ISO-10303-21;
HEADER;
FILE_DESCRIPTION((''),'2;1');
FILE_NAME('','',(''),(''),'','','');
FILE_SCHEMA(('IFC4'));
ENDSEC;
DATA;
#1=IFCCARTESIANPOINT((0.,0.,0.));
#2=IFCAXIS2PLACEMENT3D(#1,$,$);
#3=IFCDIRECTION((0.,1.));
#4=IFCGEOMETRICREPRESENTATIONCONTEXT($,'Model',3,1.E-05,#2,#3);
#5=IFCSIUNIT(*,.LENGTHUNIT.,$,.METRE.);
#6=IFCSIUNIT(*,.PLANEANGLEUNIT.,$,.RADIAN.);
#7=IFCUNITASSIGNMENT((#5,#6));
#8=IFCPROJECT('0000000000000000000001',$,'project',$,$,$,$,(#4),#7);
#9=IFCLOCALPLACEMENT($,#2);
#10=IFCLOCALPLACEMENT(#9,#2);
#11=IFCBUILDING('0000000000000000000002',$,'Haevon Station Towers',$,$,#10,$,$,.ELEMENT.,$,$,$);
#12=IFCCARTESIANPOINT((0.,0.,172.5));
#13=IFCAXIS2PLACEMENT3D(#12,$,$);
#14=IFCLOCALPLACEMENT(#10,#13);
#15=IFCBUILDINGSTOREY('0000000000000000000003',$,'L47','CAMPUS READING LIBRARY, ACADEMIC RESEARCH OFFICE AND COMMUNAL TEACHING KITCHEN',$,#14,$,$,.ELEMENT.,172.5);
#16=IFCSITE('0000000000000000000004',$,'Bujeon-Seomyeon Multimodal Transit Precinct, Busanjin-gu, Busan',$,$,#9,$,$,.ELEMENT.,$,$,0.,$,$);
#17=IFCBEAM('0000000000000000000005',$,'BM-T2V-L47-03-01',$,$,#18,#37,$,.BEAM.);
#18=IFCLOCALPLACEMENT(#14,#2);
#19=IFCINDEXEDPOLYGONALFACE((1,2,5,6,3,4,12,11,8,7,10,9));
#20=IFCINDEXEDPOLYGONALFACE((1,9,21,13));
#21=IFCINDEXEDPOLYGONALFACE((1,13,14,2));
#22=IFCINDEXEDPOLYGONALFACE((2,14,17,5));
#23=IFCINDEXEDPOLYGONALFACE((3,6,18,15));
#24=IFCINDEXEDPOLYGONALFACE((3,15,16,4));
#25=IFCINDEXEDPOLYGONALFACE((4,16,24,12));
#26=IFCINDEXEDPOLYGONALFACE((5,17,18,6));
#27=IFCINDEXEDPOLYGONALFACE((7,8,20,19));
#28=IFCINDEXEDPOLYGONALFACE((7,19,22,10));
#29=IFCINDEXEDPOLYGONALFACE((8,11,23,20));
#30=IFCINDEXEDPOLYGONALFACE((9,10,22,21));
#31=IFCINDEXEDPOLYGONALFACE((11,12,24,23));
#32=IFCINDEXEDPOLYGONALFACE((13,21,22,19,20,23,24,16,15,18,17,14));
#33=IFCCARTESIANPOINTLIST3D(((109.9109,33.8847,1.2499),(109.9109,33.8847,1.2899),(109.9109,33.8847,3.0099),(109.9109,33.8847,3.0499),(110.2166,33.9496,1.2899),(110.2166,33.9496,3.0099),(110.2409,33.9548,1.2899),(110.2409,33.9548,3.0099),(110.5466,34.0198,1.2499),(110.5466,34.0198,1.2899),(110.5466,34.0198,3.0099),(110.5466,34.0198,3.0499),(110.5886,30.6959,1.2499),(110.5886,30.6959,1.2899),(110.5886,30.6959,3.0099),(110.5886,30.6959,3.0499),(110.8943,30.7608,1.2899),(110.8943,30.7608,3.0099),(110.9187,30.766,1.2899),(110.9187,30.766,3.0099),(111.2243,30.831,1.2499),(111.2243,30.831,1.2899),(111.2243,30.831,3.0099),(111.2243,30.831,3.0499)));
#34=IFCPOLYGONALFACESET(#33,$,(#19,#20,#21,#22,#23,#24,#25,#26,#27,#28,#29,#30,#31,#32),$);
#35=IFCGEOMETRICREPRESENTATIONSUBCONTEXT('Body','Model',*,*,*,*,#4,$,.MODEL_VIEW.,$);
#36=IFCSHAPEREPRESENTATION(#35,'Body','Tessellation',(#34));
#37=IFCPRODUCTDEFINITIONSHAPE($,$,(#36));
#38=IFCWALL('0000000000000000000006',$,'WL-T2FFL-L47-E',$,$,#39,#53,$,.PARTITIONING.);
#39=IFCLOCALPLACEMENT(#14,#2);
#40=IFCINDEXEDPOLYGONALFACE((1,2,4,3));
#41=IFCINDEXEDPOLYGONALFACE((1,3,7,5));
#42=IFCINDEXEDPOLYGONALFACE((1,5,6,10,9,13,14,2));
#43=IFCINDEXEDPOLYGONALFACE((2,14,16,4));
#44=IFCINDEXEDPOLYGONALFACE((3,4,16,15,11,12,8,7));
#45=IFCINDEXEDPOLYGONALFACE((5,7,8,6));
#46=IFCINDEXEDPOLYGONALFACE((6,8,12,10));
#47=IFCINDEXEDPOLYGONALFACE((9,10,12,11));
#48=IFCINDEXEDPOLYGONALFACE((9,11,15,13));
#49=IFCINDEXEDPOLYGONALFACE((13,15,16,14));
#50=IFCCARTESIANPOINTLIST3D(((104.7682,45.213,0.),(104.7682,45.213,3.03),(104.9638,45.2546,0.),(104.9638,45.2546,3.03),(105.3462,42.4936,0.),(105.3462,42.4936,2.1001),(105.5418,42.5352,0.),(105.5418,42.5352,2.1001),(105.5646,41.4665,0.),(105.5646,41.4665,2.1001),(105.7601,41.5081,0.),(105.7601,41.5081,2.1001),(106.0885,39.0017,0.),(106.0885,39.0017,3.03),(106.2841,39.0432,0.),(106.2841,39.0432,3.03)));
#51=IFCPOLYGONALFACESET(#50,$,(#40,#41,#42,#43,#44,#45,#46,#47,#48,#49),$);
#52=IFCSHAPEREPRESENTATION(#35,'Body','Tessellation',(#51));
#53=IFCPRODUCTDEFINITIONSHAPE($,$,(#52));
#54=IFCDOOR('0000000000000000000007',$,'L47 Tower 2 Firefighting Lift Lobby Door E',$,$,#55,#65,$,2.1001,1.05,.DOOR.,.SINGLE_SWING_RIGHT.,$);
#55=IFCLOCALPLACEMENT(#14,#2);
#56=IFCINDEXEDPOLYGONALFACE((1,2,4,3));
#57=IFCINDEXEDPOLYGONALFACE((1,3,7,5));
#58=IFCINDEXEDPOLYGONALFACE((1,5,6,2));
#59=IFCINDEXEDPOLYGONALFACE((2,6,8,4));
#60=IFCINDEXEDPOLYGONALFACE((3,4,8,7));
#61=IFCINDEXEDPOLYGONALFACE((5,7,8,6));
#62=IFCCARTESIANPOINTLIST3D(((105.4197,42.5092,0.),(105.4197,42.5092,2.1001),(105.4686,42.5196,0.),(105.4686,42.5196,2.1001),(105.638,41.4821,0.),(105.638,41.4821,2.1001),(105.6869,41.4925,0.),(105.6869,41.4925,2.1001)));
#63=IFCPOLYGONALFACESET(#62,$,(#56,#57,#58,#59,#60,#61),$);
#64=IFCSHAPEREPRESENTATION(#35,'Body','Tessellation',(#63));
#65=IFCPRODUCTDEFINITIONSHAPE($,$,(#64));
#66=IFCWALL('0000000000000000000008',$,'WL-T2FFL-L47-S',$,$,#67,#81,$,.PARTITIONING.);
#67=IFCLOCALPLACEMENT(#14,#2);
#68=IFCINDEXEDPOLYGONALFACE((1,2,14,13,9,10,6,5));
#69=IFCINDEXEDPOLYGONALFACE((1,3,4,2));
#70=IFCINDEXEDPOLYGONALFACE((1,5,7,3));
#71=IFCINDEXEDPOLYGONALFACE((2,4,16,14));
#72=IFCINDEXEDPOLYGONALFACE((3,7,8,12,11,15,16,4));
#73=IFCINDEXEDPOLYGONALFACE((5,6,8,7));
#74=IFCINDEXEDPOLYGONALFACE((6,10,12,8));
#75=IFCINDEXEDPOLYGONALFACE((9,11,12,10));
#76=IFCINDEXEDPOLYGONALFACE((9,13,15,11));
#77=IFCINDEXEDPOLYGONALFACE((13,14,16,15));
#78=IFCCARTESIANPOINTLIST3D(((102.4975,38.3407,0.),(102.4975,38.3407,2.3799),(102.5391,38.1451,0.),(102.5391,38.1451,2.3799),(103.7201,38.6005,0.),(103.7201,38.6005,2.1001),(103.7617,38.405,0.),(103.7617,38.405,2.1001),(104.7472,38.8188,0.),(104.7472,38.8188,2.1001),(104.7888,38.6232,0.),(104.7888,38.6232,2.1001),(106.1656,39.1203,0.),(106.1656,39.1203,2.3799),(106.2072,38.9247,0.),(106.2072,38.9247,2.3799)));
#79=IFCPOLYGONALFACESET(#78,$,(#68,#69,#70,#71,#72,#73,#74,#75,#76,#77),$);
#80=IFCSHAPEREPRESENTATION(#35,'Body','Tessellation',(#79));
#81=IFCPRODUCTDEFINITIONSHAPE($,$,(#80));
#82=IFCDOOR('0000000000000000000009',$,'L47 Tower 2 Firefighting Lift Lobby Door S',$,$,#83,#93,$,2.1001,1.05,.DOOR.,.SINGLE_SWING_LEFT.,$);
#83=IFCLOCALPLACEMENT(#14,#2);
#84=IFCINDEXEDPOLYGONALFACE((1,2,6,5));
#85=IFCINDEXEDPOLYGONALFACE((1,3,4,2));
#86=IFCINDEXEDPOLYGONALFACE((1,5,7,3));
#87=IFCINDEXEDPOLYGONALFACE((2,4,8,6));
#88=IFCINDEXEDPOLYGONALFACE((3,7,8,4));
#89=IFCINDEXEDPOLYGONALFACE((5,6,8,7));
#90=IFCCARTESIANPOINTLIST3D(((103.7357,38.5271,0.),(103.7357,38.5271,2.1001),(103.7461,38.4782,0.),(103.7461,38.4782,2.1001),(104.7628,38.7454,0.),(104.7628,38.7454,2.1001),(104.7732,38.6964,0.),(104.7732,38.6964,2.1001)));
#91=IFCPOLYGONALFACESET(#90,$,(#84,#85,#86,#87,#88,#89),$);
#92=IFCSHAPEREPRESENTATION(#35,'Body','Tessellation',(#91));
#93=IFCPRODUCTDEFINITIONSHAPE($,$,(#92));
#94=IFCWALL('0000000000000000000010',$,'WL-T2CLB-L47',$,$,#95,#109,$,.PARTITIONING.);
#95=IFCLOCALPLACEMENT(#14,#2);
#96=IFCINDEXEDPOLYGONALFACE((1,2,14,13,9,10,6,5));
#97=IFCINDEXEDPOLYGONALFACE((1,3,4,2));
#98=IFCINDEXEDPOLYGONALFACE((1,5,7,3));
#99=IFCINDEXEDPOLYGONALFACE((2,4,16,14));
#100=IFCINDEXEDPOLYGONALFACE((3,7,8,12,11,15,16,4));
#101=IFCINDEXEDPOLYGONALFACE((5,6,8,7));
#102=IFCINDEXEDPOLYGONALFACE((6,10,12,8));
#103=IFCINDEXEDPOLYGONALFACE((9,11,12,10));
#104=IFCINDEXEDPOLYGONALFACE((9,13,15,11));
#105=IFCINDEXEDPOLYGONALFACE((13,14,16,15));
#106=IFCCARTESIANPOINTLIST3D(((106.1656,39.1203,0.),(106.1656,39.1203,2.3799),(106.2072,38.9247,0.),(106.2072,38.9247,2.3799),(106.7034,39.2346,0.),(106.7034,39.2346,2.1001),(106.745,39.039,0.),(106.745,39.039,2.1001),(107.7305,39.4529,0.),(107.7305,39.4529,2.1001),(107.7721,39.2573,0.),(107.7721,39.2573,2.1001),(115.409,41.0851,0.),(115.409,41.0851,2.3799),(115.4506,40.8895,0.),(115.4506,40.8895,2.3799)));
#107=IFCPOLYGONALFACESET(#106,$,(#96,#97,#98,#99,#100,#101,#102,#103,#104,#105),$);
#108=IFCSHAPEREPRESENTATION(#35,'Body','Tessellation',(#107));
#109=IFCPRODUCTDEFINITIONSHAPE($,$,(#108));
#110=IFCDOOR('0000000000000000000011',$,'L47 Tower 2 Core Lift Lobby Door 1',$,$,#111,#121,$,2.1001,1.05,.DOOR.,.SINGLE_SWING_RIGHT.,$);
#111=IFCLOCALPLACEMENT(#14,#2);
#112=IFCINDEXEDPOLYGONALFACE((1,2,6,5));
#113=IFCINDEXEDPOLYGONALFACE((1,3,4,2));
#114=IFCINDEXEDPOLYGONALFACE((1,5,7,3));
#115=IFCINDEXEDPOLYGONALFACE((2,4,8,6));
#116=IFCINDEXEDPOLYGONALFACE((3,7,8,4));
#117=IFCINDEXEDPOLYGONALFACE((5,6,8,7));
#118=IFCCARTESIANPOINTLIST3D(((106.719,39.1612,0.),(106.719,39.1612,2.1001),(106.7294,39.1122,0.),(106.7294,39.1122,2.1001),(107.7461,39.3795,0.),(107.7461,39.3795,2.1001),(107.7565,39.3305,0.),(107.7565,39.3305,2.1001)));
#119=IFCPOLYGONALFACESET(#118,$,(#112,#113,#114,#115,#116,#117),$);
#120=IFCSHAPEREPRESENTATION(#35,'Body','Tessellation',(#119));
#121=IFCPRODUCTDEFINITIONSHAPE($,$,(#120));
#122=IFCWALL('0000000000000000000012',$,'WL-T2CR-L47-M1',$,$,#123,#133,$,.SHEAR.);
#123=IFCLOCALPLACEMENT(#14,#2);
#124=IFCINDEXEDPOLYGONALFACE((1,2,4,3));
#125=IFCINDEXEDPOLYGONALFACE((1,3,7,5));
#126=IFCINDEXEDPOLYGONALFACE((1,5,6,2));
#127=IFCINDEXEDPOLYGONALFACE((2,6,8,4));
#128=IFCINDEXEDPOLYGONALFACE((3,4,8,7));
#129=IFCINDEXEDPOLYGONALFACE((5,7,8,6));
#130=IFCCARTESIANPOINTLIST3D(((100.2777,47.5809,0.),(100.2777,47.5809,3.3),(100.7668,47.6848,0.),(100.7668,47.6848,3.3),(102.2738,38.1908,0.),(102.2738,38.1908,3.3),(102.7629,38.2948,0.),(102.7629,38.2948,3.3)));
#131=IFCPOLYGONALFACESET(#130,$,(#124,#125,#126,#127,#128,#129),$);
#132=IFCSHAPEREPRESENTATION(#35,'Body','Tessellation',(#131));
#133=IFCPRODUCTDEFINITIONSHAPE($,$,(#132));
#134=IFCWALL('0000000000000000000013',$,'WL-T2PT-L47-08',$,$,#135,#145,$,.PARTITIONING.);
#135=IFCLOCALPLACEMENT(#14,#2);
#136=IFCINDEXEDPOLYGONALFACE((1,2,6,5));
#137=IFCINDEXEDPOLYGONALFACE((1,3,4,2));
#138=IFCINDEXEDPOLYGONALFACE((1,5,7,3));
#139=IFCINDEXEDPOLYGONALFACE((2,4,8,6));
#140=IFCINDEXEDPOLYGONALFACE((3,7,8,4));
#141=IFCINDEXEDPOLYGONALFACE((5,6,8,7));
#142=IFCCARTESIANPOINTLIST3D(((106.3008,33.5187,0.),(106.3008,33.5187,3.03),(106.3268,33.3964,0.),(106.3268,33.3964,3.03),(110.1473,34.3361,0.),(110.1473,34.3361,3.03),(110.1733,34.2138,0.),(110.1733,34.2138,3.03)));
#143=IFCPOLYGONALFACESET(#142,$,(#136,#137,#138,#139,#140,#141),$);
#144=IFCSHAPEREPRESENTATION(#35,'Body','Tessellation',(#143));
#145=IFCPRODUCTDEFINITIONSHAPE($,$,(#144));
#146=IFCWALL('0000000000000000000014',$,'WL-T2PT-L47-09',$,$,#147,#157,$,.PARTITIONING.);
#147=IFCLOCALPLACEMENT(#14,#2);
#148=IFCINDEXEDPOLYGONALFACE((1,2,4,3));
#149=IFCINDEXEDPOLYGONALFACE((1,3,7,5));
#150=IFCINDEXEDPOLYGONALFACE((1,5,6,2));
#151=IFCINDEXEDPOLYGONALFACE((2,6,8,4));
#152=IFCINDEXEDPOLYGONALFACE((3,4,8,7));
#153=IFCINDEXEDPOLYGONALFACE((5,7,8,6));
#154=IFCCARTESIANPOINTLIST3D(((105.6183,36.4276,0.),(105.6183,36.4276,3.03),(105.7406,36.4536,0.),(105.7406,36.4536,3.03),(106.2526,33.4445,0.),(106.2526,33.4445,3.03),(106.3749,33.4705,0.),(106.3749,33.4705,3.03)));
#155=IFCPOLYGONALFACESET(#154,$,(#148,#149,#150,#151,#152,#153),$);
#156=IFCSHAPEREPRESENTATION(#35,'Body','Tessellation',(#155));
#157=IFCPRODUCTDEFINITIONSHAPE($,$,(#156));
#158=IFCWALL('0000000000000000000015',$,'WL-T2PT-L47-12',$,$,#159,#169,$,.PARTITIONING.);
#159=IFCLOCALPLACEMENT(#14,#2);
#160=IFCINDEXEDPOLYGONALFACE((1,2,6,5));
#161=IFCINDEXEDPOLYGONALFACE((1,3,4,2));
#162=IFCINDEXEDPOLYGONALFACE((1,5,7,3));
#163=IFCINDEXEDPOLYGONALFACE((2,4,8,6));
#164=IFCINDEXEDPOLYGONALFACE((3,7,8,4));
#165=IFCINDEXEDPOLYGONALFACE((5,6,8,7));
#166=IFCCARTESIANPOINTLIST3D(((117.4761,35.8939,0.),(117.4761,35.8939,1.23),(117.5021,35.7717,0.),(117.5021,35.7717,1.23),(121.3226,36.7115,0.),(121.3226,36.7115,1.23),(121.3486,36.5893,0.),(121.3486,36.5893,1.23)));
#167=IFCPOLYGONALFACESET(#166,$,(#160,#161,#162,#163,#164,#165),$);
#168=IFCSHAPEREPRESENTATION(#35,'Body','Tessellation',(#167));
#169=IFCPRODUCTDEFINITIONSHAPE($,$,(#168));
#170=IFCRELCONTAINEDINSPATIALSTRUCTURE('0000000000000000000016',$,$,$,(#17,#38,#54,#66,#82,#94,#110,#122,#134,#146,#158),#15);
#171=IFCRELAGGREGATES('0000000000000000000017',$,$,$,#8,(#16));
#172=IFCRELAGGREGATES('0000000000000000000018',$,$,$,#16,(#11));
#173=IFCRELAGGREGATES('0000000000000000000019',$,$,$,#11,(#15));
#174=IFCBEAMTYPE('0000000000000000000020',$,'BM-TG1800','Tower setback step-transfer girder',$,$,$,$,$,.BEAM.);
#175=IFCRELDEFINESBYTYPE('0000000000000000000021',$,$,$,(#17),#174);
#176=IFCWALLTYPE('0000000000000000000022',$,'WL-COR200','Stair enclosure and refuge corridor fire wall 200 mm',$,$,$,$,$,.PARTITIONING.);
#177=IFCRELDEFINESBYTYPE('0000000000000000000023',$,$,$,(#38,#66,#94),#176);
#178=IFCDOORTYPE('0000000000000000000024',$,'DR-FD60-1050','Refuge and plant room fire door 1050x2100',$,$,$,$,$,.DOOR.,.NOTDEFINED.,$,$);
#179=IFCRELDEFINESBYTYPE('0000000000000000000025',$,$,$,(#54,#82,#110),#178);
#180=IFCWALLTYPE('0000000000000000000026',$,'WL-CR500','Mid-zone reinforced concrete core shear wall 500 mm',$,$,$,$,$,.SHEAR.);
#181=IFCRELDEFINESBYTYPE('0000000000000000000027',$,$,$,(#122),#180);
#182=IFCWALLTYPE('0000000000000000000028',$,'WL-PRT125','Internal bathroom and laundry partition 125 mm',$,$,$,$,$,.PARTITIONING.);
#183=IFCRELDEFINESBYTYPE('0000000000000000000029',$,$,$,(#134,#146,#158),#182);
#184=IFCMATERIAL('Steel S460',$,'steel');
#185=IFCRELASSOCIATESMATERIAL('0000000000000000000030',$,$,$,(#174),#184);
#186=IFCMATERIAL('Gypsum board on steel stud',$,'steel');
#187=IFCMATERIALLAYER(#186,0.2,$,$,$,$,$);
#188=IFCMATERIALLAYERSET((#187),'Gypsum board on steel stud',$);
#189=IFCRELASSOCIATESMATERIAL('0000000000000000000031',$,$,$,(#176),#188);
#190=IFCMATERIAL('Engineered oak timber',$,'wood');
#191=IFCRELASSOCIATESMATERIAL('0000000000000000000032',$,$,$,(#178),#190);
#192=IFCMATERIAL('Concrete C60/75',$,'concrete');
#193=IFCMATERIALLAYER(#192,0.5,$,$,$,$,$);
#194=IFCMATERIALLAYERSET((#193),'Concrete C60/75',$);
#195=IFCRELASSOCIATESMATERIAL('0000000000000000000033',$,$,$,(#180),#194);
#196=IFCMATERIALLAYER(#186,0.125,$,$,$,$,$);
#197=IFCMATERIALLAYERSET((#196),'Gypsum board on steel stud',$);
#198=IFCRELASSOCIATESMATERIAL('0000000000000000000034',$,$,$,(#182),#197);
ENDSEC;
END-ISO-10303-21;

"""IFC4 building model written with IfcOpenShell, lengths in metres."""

from ifc_helpers import new_model, si_unit, direction, frame, frame_2d, origin, origin_2d, place, context, subcontext, project, spatial, rectangle, i_section, extrude, material, layer, layer_set, material_profile, profile_set, type_object, element, fill, save


model = new_model("IFC4")

# Units and contexts
model_context = context("Model", 3, precision=1e-05, world=origin(), true_north=direction((0.0, 1.0)))
body_context = subcontext(model_context, "Body", "Model", "MODEL_VIEW")
ifc_project = project(units=[si_unit("LENGTHUNIT", "METRE"), si_unit("PLANEANGLEUNIT", "RADIAN")], contexts=[model_context])

# Site, building, storey
site_placement = place(None, origin())
site = spatial("IfcSite", under=ifc_project, at=site_placement, Name="Bujeon-Seomyeon Multimodal Transit Precinct, Busanjin-gu, Busan", CompositionType="ELEMENT", RefElevation=0.0)
building_placement = place(site_placement, origin())
building = spatial("IfcBuilding", under=site, at=building_placement, Name="Haevon Station Towers", CompositionType="ELEMENT")
storey_placement = place(building_placement, frame((0.0, 0.0, 172.5)))
storey = spatial("IfcBuildingStorey", under=building, at=storey_placement, Name="L47", Description="CAMPUS READING LIBRARY, ACADEMIC RESEARCH OFFICE AND COMMUNAL TEACHING KITCHEN", CompositionType="ELEMENT", Elevation=172.5)

# Beam
ifc_material_1 = material(Name="Steel S460", Category="steel")
ifc_material_profile_1 = material_profile(ifc_material_1, i_section(OverallWidth=0.6499, OverallDepth=1.8, WebThickness=0.0249, FlangeThickness=0.04, at=origin_2d()), Name="H-1800x650x25x40")
ifc_profile_set_1 = profile_set([ifc_material_profile_1], Name="Steel S460")
beam_type_1 = type_object("IfcBeamType", Name="BM-TG1800", Description="Tower setback step-transfer girder", PredefinedType="BEAM", material=ifc_profile_set_1)
beam_1_placement = place(storey_placement, frame((110.9065, 30.7634, 2.1499), z_axis=(-0.207897, 0.978151, 0.0), x_axis=(-0.978151, -0.207897, 0.0)))
element("IfcBeam", 1, at=beam_1_placement, inside=storey, type_object=beam_type_1, Name="BM-T2V-L47-03-01", PredefinedType="BEAM", context=body_context, shape_type="SweptSolid", body=[
    extrude(i_section(OverallWidth=0.6499, OverallDepth=1.8, WebThickness=0.0249, FlangeThickness=0.04, at=origin_2d()), origin(), (0.0, 0.0, 1.0), 3.26),
])

# Walls, openings, doors
ifc_material_2 = material(Name="Gypsum board on steel stud", Category="steel")
ifc_layer_1 = layer(ifc_material_2, 0.2)
ifc_layer_set_1 = layer_set([ifc_layer_1], Name="Gypsum board on steel stud")
wall_type_1 = type_object("IfcWallType", Name="WL-COR200", Description="Stair enclosure and refuge corridor fire wall 200 mm", PredefinedType="PARTITIONING", material=ifc_layer_set_1)
wall_1_placement = place(storey_placement, frame((106.1863, 39.0225, 0.0), z_axis=(0.0, 0.0, 1.0), x_axis=(-0.207917, 0.978147, 0.0)))
wall_1 = element("IfcWall", 2, at=wall_1_placement, inside=storey, type_object=wall_type_1, Name="WL-T2FFL-L47-E", PredefinedType="PARTITIONING", context=body_context, shape_type="SweptSolid", body=[
    extrude(rectangle(XDim=6.3501, YDim=0.2, at=frame_2d((3.175, 0.0))), origin(), (0.0, 0.0, 1.0), 3.03),
])
opening_1_placement = place(wall_1_placement, frame((2.52, 0.0, 0.0)))
opening_1 = element("IfcOpeningElement", 3, at=opening_1_placement, cuts=wall_1, PredefinedType="OPENING", context=body_context, shape_type="SweptSolid", body=[
    extrude(rectangle(XDim=1.05, YDim=2.1001, at=frame_2d((0.5249, 1.05))), frame((0.0, 0.1099, 0.0), z_axis=(0.0, -1.0, 0.0), x_axis=(1.0, 0.0, 0.0)), (0.0, 0.0, 1.0), 0.22),
])
ifc_material_3 = material(Name="Engineered oak timber", Category="wood")
door_type = type_object("IfcDoorType", Name="DR-FD60-1050", Description="Refuge and plant room fire door 1050x2100", OperationType="NOTDEFINED", PredefinedType="DOOR", material=ifc_material_3)
door_1_placement = place(opening_1_placement, origin())
door_1 = element("IfcDoor", 4, at=door_1_placement, inside=storey, type_object=door_type, Name="L47 Tower 2 Firefighting Lift Lobby Door E", OperationType="SINGLE_SWING_RIGHT", OverallHeight=2.1001, OverallWidth=1.05, PredefinedType="DOOR", context=body_context, shape_type="SweptSolid", body=[
    extrude(rectangle(XDim=1.05, YDim=2.1001, at=frame_2d((0.5249, 1.05))), frame((0.0, 0.0249, 0.0), z_axis=(0.0, -1.0, 0.0), x_axis=(1.0, 0.0, 0.0)), (0.0, 0.0, 1.0), 0.05),
])
fill(opening_1, door_1)
wall_2_placement = place(storey_placement, frame((102.5183, 38.2429, 0.0), z_axis=(0.0, 0.0, 1.0), x_axis=(0.978154, 0.207884, 0.0)))
wall_2 = element("IfcWall", 5, at=wall_2_placement, inside=storey, type_object=wall_type_1, Name="WL-T2FFL-L47-S", PredefinedType="PARTITIONING", context=body_context, shape_type="SweptSolid", body=[
    extrude(rectangle(XDim=3.75, YDim=0.2, at=frame_2d((1.875, 0.0))), origin(), (0.0, 0.0, 1.0), 2.3799),
])
opening_2_placement = place(wall_2_placement, frame((1.25, 0.0, 0.0)))
opening_2 = element("IfcOpeningElement", 6, at=opening_2_placement, cuts=wall_2, PredefinedType="OPENING", context=body_context, shape_type="SweptSolid", body=[
    extrude(rectangle(XDim=1.05, YDim=2.1001, at=frame_2d((0.5249, 1.05))), frame((0.0, 0.1099, 0.0), z_axis=(0.0, -1.0, 0.0), x_axis=(1.0, 0.0, 0.0)), (0.0, 0.0, 1.0), 0.22),
])
door_2_placement = place(opening_2_placement, origin())
door_2 = element("IfcDoor", 7, at=door_2_placement, inside=storey, type_object=door_type, Name="L47 Tower 2 Firefighting Lift Lobby Door S", OperationType="SINGLE_SWING_LEFT", OverallHeight=2.1001, OverallWidth=1.05, PredefinedType="DOOR", context=body_context, shape_type="SweptSolid", body=[
    extrude(rectangle(XDim=1.05, YDim=2.1001, at=frame_2d((0.5249, 1.05))), frame((0.0, 0.0249, 0.0), z_axis=(0.0, -1.0, 0.0), x_axis=(1.0, 0.0, 0.0)), (0.0, 0.0, 1.0), 0.05),
])
fill(opening_2, door_2)
wall_3_placement = place(storey_placement, frame((106.1863, 39.0225, 0.0), z_axis=(0.0, 0.0, 1.0), x_axis=(0.978146, 0.207921, 0.0)))
wall_3 = element("IfcWall", 8, at=wall_3_placement, inside=storey, type_object=wall_type_1, Name="WL-T2CLB-L47", PredefinedType="PARTITIONING", context=body_context, shape_type="SweptSolid", body=[
    extrude(rectangle(XDim=9.45, YDim=0.2, at=frame_2d((4.7251, 0.0))), origin(), (0.0, 0.0, 1.0), 2.3799),
])
opening_3_placement = place(wall_3_placement, frame((0.55, 0.0, 0.0)))
opening_3 = element("IfcOpeningElement", 9, at=opening_3_placement, cuts=wall_3, PredefinedType="OPENING", context=body_context, shape_type="SweptSolid", body=[
    extrude(rectangle(XDim=1.05, YDim=2.1001, at=frame_2d((0.5249, 1.05))), frame((0.0, 0.1099, 0.0), z_axis=(0.0, -1.0, 0.0), x_axis=(1.0, 0.0, 0.0)), (0.0, 0.0, 1.0), 0.22),
])
door_3_placement = place(opening_3_placement, origin())
door_3 = element("IfcDoor", 10, at=door_3_placement, inside=storey, type_object=door_type, Name="L47 Tower 2 Core Lift Lobby Door 1", OperationType="SINGLE_SWING_RIGHT", OverallHeight=2.1001, OverallWidth=1.05, PredefinedType="DOOR", context=body_context, shape_type="SweptSolid", body=[
    extrude(rectangle(XDim=1.05, YDim=2.1001, at=frame_2d((0.5249, 1.05))), frame((0.0, 0.0249, 0.0), z_axis=(0.0, -1.0, 0.0), x_axis=(1.0, 0.0, 0.0)), (0.0, 0.0, 1.0), 0.05),
])
fill(opening_3, door_3)

# Walls
ifc_material_4 = material(Name="Concrete C60/75", Category="concrete")
ifc_layer_2 = layer(ifc_material_4, 0.5)
ifc_layer_set_2 = layer_set([ifc_layer_2], Name="Concrete C60/75")
wall_type_2 = type_object("IfcWallType", Name="WL-CR500", Description="Mid-zone reinforced concrete core shear wall 500 mm", PredefinedType="SHEAR", material=ifc_layer_set_2)
wall_4_placement = place(storey_placement, frame((102.5183, 38.2429, 0.0), z_axis=(0.0, 0.0, 1.0), x_axis=(-0.207927, 0.978144, 0.0)))
element("IfcWall", 11, at=wall_4_placement, inside=storey, type_object=wall_type_2, Name="WL-T2CR-L47-M1", PredefinedType="SHEAR", context=body_context, shape_type="SweptSolid", body=[
    extrude(rectangle(XDim=9.5999, YDim=0.5, at=frame_2d((4.7998, 0.0))), origin(), (0.0, 0.0, 1.0), 3.3),
])
ifc_layer_3 = layer(ifc_material_2, 0.125)
ifc_layer_set_3 = layer_set([ifc_layer_3], Name="Gypsum board on steel stud")
wall_type_3 = type_object("IfcWallType", Name="WL-PRT125", Description="Internal bathroom and laundry partition 125 mm", PredefinedType="PARTITIONING", material=ifc_layer_set_3)
wall_5_placement = place(storey_placement, frame((106.3137, 33.4575, 0.0), z_axis=(0.0, 0.0, 1.0), x_axis=(0.978158, 0.207862, 0.0)))
element("IfcWall", 12, at=wall_5_placement, inside=storey, type_object=wall_type_3, Name="WL-T2PT-L47-08", PredefinedType="PARTITIONING", context=body_context, shape_type="SweptSolid", body=[
    extrude(rectangle(XDim=3.9324, YDim=0.125, at=frame_2d((1.9663, 0.0))), origin(), (0.0, 0.0, 1.0), 3.03),
])
wall_6_placement = place(storey_placement, frame((106.3137, 33.4575, 0.0), z_axis=(0.0, 0.0, 1.0), x_axis=(-0.207971, 0.978135, 0.0)))
element("IfcWall", 13, at=wall_6_placement, inside=storey, type_object=wall_type_3, Name="WL-T2PT-L47-09", PredefinedType="PARTITIONING", context=body_context, shape_type="SweptSolid", body=[
    extrude(rectangle(XDim=3.0498, YDim=0.125, at=frame_2d((1.5249, 0.0))), origin(), (0.0, 0.0, 1.0), 3.03),
])
wall_7_placement = place(storey_placement, frame((117.489, 35.8328, 0.0), z_axis=(0.0, 0.0, 1.0), x_axis=(0.978145, 0.207922, 0.0)))
element("IfcWall", 14, at=wall_7_placement, inside=storey, type_object=wall_type_3, Name="WL-T2PT-L47-12", PredefinedType="PARTITIONING", context=body_context, shape_type="SweptSolid", body=[
    extrude(rectangle(XDim=3.9324, YDim=0.125, at=frame_2d((1.9663, 0.0))), origin(), (0.0, 0.0, 1.0), 1.23),
])

save(model, "model.ifc")
